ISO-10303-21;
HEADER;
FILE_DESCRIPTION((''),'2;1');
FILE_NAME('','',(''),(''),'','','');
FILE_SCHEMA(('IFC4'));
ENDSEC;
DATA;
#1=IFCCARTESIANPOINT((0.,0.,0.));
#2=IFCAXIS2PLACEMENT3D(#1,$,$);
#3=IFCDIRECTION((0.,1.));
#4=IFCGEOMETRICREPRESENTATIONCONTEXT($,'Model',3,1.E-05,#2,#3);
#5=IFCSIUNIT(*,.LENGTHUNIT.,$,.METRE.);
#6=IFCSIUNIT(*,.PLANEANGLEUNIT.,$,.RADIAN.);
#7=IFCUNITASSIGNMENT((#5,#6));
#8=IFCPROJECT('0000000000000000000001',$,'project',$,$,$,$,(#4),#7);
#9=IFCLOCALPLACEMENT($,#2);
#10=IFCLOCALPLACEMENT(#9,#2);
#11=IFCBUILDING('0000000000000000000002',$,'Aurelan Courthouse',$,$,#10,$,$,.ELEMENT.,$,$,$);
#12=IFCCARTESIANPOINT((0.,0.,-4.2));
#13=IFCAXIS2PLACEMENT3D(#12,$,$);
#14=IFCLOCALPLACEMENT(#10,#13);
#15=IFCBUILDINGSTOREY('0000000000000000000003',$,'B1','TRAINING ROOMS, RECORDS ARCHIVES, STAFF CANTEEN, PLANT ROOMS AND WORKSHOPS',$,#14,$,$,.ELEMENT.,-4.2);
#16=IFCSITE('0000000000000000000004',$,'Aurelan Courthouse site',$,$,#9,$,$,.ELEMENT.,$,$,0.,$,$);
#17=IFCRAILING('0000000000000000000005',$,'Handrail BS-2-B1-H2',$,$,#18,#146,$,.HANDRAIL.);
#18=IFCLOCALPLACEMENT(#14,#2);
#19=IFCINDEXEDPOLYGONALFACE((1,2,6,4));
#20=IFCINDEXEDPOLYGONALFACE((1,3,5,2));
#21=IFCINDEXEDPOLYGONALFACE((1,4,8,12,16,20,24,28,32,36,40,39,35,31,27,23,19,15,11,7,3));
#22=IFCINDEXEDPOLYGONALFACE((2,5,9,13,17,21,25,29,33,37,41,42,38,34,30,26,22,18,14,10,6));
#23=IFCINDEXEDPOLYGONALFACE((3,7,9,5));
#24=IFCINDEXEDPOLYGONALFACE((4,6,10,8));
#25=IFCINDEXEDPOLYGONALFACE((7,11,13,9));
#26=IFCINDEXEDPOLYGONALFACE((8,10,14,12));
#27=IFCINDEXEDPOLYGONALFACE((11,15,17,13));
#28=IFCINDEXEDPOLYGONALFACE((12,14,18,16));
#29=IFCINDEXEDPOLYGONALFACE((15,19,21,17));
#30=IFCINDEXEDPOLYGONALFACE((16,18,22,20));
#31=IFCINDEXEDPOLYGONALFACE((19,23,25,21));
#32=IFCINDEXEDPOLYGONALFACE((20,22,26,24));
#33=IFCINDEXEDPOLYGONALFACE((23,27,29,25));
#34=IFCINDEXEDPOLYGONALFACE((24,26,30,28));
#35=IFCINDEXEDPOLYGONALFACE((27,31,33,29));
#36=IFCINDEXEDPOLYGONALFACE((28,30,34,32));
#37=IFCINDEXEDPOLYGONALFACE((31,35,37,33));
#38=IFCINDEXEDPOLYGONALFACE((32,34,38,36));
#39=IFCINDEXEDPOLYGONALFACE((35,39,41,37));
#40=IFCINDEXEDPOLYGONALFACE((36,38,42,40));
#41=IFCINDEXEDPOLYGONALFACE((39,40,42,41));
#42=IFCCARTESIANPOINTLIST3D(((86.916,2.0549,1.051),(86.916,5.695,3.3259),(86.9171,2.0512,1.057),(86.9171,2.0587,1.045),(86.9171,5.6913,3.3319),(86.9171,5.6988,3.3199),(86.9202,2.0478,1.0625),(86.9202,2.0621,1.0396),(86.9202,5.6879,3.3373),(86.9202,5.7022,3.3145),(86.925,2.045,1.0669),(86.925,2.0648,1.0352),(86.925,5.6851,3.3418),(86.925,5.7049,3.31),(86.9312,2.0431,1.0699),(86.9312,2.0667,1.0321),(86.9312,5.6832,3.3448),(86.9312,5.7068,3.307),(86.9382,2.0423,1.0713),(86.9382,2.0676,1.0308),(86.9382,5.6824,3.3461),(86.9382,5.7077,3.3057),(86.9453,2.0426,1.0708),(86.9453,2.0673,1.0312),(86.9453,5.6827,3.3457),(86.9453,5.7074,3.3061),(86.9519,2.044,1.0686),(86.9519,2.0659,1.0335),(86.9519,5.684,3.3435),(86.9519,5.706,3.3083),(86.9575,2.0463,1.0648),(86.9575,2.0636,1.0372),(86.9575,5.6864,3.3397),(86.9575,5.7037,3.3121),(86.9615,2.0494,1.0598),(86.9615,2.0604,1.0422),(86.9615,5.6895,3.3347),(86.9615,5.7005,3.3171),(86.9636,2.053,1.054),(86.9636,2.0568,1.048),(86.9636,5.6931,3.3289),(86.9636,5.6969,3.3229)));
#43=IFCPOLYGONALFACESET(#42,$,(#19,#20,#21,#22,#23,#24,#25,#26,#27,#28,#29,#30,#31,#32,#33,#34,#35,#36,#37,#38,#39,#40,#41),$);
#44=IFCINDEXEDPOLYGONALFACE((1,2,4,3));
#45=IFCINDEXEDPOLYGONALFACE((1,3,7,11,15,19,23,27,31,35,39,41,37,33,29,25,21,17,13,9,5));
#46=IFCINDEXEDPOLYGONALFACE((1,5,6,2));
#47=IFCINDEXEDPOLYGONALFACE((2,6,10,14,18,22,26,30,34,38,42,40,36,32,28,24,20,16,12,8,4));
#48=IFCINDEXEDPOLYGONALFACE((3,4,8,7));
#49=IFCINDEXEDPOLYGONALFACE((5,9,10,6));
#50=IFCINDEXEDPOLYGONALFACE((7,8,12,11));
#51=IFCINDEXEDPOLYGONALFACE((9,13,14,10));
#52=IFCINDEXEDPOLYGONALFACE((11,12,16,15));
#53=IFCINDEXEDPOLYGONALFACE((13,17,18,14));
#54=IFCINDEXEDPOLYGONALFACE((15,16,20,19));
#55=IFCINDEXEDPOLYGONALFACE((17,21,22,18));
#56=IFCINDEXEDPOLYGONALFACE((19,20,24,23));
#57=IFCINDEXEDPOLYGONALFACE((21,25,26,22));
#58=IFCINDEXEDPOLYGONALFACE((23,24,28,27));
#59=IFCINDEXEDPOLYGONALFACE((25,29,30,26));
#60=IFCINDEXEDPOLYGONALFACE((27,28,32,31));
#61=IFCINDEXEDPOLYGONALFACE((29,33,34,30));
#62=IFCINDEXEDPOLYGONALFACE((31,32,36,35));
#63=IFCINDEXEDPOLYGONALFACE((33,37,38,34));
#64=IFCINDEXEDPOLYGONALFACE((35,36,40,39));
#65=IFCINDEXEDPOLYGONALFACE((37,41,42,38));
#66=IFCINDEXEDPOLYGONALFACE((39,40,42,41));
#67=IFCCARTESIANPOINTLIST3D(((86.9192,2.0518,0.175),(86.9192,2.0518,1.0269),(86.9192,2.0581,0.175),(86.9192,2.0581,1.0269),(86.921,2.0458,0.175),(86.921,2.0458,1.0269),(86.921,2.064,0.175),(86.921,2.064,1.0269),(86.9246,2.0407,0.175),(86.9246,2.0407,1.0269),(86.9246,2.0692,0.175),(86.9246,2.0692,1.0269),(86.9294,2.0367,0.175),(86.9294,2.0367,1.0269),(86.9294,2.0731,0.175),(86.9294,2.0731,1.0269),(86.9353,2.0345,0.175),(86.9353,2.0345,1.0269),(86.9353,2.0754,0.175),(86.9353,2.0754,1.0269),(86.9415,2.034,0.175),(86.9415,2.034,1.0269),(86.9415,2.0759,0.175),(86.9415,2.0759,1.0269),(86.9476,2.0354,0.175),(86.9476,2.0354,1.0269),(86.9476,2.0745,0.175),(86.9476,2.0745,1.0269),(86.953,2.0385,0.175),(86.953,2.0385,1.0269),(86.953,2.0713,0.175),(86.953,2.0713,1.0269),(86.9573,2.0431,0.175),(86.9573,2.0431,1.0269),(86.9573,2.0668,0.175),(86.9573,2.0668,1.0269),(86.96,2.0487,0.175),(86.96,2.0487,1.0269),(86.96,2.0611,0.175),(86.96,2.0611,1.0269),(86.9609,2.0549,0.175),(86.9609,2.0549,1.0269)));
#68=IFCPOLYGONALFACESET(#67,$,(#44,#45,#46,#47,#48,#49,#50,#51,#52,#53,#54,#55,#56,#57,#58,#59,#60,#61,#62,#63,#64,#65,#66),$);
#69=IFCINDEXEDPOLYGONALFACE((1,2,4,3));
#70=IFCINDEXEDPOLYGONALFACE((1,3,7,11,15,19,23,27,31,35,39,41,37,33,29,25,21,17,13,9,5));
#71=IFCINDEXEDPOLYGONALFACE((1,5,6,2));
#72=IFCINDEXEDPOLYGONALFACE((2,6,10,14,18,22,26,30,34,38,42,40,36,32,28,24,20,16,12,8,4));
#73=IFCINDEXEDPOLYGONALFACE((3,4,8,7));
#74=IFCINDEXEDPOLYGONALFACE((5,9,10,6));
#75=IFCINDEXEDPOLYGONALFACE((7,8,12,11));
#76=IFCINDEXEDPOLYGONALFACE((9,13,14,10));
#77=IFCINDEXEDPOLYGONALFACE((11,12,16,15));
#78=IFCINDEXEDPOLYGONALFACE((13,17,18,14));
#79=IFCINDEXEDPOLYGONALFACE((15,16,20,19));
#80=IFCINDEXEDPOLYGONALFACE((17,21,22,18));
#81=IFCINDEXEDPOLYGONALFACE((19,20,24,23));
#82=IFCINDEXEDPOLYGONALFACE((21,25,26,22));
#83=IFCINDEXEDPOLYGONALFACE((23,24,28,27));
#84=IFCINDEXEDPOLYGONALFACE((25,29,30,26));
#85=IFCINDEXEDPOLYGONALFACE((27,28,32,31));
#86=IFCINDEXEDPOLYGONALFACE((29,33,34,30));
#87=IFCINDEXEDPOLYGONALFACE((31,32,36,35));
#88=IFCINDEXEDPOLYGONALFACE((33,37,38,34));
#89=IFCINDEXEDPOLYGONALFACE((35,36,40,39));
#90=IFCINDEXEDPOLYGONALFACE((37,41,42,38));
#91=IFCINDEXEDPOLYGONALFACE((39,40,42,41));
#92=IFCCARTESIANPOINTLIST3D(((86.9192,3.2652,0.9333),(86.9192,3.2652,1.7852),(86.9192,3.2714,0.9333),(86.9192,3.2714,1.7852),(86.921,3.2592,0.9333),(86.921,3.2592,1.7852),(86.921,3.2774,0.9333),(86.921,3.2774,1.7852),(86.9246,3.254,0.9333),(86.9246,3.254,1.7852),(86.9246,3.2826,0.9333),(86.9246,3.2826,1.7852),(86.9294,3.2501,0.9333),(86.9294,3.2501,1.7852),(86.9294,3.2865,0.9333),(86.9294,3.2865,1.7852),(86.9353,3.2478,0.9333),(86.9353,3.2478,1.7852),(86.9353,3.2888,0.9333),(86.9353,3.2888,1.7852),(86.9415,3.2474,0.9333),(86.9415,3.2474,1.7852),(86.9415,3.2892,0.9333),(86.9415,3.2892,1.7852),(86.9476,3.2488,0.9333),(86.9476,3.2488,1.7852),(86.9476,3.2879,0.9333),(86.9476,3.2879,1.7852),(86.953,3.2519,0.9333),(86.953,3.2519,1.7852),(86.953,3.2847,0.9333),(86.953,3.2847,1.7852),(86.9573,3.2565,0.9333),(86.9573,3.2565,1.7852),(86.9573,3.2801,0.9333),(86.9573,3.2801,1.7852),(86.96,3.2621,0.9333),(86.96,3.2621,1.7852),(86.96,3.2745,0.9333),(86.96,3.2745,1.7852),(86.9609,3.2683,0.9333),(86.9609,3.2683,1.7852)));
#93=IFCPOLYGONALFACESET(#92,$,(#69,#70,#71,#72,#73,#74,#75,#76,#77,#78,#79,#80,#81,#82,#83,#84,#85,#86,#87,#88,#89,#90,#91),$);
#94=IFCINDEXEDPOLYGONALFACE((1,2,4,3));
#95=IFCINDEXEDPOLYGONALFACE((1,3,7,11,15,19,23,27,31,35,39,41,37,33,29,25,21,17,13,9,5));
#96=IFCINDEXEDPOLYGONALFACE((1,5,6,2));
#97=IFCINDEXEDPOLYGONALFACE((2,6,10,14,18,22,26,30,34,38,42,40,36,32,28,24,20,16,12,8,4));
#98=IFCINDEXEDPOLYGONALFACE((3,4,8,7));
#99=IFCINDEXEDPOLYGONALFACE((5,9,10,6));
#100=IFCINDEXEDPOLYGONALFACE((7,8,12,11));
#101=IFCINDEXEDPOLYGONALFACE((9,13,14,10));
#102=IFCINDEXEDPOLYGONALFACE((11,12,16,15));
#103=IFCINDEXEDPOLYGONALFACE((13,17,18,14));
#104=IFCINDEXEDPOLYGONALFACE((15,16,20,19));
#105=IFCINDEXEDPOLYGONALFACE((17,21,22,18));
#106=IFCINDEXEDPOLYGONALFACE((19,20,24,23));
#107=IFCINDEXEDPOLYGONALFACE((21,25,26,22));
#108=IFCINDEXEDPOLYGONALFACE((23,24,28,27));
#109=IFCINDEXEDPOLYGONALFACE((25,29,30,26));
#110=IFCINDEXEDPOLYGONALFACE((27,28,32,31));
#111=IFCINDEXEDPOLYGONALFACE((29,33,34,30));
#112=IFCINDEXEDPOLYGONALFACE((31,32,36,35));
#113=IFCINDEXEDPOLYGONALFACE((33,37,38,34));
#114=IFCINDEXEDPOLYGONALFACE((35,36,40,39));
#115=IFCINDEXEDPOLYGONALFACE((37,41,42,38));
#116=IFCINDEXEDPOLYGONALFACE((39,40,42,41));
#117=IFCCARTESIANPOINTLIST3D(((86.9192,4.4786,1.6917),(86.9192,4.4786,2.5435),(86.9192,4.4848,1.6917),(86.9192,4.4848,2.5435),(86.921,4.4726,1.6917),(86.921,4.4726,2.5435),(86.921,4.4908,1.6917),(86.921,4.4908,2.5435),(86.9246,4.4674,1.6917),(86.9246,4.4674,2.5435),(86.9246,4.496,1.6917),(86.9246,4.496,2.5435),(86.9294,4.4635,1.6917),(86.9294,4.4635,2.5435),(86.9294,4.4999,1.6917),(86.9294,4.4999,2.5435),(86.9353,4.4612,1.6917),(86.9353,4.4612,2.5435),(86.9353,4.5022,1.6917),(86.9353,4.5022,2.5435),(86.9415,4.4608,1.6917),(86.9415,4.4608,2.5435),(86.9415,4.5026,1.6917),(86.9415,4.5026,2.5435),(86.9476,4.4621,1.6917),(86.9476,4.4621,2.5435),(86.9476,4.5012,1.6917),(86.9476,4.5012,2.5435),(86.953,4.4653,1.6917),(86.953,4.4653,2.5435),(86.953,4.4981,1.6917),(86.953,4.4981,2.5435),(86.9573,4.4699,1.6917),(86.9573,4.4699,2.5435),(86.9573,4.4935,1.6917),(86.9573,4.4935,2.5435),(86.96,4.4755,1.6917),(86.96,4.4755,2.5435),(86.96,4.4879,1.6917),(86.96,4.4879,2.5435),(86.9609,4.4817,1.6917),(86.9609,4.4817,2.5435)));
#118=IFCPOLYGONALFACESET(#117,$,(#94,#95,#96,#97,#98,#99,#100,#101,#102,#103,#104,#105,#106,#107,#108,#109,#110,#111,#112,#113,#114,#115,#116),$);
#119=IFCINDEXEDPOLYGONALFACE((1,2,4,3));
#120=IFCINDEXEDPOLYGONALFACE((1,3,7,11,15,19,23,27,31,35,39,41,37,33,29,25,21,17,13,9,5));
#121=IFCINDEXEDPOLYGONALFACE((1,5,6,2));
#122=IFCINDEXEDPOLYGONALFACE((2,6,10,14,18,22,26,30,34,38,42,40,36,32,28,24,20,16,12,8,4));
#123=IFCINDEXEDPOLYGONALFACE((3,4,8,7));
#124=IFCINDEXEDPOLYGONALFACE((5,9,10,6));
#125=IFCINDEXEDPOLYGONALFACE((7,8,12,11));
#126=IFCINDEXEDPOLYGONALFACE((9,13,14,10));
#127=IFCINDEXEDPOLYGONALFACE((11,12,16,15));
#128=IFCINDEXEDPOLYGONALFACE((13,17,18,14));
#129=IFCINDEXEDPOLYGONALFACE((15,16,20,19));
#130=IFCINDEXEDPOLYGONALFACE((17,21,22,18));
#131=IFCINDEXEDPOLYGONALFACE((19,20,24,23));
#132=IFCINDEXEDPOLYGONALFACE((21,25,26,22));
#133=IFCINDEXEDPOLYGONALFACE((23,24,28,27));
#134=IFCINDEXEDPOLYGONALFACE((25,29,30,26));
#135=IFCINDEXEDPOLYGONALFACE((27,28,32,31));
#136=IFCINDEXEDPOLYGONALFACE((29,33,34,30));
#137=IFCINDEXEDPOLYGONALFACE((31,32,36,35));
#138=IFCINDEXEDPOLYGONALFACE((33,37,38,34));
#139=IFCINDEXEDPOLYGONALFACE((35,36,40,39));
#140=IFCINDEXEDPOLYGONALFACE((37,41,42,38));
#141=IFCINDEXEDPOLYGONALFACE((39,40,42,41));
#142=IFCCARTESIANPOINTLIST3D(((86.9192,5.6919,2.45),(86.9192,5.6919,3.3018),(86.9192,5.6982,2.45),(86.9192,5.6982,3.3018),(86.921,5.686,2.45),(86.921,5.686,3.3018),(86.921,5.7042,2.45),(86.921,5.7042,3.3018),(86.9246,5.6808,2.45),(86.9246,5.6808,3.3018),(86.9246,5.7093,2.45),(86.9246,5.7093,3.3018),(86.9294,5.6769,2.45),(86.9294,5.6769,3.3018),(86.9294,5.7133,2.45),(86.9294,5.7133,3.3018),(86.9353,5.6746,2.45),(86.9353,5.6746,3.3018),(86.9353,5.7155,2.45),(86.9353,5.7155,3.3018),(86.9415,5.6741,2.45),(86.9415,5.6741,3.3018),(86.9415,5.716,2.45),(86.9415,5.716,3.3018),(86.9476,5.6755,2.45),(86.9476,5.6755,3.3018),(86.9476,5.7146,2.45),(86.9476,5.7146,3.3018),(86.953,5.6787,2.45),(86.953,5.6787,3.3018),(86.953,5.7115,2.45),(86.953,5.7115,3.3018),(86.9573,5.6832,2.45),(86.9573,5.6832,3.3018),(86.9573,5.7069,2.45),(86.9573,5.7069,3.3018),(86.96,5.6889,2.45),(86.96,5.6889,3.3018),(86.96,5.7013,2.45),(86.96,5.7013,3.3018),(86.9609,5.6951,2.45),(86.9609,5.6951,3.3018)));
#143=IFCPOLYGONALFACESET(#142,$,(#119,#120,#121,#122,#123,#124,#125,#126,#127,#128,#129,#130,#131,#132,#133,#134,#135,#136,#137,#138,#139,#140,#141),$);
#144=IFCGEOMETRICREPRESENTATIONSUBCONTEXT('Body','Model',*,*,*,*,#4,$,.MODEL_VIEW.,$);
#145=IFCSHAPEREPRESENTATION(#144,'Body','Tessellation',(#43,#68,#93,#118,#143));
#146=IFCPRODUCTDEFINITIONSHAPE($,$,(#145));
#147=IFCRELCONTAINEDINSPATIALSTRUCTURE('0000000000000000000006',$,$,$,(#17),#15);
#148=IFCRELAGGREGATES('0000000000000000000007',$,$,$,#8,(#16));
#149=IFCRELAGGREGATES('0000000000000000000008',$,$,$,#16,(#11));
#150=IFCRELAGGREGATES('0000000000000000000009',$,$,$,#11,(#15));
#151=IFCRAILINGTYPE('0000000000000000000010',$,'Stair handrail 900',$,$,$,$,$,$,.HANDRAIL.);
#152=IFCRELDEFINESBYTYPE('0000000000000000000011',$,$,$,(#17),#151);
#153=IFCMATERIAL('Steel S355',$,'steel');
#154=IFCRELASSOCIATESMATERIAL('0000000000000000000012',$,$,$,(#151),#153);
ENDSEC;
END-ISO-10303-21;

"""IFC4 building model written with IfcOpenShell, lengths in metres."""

from ifc_helpers import new_model, si_unit, direction, frame, origin, origin_2d, place, context, subcontext, project, spatial, circle, extrude, material, type_object, element, save


model = new_model("IFC4")

# Units and contexts
model_context = context("Model", 3, precision=1e-05, world=origin(), true_north=direction((0.0, 1.0)))
body_context = subcontext(model_context, "Body", "Model", "MODEL_VIEW")
ifc_project = project(units=[si_unit("LENGTHUNIT", "METRE"), si_unit("PLANEANGLEUNIT", "RADIAN")], contexts=[model_context])

# Site, building, storey
site_placement = place(None, origin())
site = spatial("IfcSite", under=ifc_project, at=site_placement, Name="Aurelan Courthouse site", CompositionType="ELEMENT", RefElevation=0.0)
building_placement = place(site_placement, origin())
building = spatial("IfcBuilding", under=site, at=building_placement, Name="Aurelan Courthouse", CompositionType="ELEMENT")
storey_placement = place(building_placement, frame((0.0, 0.0, -4.2)))
storey = spatial("IfcBuildingStorey", under=building, at=storey_placement, Name="B1", Description="TRAINING ROOMS, RECORDS ARCHIVES, STAFF CANTEEN, PLANT ROOMS AND WORKSHOPS", CompositionType="ELEMENT", Elevation=-4.2)

# Railing
ifc_material_1 = material(Name="Steel S355", Category="steel")
railing_type_1 = type_object("IfcRailingType", Name="Stair handrail 900", PredefinedType="HANDRAIL", material=ifc_material_1)
for number, where, name in (
    (1, (86.9399, 2.0549, 0.175), "Handrail BS-2-B1-H2"),
):
    element("IfcRailing", number, at=place(storey_placement, frame(where)), inside=storey, type_object=railing_type_1, Name=name, PredefinedType="HANDRAIL", context=body_context, shape_type="SweptSolid", body=[
        extrude(circle(Radius=0.0239, at=origin_2d()), frame((0.0, 0.0, 0.876), z_axis=(0.0, 0.848017, 0.529968), x_axis=(-1.0, 0.0, 0.0)), (0.0, 0.0, 1.0), 4.2925),
        extrude(circle(Radius=0.021, at=origin_2d()), origin(), (0.0, 0.0, 1.0), 0.8518),
        extrude(circle(Radius=0.021, at=origin_2d()), frame((0.0, 1.2134, 0.7583)), (0.0, 0.0, 1.0), 0.8518),
        extrude(circle(Radius=0.021, at=origin_2d()), frame((0.0, 2.4268, 1.5166)), (0.0, 0.0, 1.0), 0.8518),
        extrude(circle(Radius=0.021, at=origin_2d()), frame((0.0, 3.6401, 2.2749)), (0.0, 0.0, 1.0), 0.8518),
    ])

save(model, "model.ifc")
